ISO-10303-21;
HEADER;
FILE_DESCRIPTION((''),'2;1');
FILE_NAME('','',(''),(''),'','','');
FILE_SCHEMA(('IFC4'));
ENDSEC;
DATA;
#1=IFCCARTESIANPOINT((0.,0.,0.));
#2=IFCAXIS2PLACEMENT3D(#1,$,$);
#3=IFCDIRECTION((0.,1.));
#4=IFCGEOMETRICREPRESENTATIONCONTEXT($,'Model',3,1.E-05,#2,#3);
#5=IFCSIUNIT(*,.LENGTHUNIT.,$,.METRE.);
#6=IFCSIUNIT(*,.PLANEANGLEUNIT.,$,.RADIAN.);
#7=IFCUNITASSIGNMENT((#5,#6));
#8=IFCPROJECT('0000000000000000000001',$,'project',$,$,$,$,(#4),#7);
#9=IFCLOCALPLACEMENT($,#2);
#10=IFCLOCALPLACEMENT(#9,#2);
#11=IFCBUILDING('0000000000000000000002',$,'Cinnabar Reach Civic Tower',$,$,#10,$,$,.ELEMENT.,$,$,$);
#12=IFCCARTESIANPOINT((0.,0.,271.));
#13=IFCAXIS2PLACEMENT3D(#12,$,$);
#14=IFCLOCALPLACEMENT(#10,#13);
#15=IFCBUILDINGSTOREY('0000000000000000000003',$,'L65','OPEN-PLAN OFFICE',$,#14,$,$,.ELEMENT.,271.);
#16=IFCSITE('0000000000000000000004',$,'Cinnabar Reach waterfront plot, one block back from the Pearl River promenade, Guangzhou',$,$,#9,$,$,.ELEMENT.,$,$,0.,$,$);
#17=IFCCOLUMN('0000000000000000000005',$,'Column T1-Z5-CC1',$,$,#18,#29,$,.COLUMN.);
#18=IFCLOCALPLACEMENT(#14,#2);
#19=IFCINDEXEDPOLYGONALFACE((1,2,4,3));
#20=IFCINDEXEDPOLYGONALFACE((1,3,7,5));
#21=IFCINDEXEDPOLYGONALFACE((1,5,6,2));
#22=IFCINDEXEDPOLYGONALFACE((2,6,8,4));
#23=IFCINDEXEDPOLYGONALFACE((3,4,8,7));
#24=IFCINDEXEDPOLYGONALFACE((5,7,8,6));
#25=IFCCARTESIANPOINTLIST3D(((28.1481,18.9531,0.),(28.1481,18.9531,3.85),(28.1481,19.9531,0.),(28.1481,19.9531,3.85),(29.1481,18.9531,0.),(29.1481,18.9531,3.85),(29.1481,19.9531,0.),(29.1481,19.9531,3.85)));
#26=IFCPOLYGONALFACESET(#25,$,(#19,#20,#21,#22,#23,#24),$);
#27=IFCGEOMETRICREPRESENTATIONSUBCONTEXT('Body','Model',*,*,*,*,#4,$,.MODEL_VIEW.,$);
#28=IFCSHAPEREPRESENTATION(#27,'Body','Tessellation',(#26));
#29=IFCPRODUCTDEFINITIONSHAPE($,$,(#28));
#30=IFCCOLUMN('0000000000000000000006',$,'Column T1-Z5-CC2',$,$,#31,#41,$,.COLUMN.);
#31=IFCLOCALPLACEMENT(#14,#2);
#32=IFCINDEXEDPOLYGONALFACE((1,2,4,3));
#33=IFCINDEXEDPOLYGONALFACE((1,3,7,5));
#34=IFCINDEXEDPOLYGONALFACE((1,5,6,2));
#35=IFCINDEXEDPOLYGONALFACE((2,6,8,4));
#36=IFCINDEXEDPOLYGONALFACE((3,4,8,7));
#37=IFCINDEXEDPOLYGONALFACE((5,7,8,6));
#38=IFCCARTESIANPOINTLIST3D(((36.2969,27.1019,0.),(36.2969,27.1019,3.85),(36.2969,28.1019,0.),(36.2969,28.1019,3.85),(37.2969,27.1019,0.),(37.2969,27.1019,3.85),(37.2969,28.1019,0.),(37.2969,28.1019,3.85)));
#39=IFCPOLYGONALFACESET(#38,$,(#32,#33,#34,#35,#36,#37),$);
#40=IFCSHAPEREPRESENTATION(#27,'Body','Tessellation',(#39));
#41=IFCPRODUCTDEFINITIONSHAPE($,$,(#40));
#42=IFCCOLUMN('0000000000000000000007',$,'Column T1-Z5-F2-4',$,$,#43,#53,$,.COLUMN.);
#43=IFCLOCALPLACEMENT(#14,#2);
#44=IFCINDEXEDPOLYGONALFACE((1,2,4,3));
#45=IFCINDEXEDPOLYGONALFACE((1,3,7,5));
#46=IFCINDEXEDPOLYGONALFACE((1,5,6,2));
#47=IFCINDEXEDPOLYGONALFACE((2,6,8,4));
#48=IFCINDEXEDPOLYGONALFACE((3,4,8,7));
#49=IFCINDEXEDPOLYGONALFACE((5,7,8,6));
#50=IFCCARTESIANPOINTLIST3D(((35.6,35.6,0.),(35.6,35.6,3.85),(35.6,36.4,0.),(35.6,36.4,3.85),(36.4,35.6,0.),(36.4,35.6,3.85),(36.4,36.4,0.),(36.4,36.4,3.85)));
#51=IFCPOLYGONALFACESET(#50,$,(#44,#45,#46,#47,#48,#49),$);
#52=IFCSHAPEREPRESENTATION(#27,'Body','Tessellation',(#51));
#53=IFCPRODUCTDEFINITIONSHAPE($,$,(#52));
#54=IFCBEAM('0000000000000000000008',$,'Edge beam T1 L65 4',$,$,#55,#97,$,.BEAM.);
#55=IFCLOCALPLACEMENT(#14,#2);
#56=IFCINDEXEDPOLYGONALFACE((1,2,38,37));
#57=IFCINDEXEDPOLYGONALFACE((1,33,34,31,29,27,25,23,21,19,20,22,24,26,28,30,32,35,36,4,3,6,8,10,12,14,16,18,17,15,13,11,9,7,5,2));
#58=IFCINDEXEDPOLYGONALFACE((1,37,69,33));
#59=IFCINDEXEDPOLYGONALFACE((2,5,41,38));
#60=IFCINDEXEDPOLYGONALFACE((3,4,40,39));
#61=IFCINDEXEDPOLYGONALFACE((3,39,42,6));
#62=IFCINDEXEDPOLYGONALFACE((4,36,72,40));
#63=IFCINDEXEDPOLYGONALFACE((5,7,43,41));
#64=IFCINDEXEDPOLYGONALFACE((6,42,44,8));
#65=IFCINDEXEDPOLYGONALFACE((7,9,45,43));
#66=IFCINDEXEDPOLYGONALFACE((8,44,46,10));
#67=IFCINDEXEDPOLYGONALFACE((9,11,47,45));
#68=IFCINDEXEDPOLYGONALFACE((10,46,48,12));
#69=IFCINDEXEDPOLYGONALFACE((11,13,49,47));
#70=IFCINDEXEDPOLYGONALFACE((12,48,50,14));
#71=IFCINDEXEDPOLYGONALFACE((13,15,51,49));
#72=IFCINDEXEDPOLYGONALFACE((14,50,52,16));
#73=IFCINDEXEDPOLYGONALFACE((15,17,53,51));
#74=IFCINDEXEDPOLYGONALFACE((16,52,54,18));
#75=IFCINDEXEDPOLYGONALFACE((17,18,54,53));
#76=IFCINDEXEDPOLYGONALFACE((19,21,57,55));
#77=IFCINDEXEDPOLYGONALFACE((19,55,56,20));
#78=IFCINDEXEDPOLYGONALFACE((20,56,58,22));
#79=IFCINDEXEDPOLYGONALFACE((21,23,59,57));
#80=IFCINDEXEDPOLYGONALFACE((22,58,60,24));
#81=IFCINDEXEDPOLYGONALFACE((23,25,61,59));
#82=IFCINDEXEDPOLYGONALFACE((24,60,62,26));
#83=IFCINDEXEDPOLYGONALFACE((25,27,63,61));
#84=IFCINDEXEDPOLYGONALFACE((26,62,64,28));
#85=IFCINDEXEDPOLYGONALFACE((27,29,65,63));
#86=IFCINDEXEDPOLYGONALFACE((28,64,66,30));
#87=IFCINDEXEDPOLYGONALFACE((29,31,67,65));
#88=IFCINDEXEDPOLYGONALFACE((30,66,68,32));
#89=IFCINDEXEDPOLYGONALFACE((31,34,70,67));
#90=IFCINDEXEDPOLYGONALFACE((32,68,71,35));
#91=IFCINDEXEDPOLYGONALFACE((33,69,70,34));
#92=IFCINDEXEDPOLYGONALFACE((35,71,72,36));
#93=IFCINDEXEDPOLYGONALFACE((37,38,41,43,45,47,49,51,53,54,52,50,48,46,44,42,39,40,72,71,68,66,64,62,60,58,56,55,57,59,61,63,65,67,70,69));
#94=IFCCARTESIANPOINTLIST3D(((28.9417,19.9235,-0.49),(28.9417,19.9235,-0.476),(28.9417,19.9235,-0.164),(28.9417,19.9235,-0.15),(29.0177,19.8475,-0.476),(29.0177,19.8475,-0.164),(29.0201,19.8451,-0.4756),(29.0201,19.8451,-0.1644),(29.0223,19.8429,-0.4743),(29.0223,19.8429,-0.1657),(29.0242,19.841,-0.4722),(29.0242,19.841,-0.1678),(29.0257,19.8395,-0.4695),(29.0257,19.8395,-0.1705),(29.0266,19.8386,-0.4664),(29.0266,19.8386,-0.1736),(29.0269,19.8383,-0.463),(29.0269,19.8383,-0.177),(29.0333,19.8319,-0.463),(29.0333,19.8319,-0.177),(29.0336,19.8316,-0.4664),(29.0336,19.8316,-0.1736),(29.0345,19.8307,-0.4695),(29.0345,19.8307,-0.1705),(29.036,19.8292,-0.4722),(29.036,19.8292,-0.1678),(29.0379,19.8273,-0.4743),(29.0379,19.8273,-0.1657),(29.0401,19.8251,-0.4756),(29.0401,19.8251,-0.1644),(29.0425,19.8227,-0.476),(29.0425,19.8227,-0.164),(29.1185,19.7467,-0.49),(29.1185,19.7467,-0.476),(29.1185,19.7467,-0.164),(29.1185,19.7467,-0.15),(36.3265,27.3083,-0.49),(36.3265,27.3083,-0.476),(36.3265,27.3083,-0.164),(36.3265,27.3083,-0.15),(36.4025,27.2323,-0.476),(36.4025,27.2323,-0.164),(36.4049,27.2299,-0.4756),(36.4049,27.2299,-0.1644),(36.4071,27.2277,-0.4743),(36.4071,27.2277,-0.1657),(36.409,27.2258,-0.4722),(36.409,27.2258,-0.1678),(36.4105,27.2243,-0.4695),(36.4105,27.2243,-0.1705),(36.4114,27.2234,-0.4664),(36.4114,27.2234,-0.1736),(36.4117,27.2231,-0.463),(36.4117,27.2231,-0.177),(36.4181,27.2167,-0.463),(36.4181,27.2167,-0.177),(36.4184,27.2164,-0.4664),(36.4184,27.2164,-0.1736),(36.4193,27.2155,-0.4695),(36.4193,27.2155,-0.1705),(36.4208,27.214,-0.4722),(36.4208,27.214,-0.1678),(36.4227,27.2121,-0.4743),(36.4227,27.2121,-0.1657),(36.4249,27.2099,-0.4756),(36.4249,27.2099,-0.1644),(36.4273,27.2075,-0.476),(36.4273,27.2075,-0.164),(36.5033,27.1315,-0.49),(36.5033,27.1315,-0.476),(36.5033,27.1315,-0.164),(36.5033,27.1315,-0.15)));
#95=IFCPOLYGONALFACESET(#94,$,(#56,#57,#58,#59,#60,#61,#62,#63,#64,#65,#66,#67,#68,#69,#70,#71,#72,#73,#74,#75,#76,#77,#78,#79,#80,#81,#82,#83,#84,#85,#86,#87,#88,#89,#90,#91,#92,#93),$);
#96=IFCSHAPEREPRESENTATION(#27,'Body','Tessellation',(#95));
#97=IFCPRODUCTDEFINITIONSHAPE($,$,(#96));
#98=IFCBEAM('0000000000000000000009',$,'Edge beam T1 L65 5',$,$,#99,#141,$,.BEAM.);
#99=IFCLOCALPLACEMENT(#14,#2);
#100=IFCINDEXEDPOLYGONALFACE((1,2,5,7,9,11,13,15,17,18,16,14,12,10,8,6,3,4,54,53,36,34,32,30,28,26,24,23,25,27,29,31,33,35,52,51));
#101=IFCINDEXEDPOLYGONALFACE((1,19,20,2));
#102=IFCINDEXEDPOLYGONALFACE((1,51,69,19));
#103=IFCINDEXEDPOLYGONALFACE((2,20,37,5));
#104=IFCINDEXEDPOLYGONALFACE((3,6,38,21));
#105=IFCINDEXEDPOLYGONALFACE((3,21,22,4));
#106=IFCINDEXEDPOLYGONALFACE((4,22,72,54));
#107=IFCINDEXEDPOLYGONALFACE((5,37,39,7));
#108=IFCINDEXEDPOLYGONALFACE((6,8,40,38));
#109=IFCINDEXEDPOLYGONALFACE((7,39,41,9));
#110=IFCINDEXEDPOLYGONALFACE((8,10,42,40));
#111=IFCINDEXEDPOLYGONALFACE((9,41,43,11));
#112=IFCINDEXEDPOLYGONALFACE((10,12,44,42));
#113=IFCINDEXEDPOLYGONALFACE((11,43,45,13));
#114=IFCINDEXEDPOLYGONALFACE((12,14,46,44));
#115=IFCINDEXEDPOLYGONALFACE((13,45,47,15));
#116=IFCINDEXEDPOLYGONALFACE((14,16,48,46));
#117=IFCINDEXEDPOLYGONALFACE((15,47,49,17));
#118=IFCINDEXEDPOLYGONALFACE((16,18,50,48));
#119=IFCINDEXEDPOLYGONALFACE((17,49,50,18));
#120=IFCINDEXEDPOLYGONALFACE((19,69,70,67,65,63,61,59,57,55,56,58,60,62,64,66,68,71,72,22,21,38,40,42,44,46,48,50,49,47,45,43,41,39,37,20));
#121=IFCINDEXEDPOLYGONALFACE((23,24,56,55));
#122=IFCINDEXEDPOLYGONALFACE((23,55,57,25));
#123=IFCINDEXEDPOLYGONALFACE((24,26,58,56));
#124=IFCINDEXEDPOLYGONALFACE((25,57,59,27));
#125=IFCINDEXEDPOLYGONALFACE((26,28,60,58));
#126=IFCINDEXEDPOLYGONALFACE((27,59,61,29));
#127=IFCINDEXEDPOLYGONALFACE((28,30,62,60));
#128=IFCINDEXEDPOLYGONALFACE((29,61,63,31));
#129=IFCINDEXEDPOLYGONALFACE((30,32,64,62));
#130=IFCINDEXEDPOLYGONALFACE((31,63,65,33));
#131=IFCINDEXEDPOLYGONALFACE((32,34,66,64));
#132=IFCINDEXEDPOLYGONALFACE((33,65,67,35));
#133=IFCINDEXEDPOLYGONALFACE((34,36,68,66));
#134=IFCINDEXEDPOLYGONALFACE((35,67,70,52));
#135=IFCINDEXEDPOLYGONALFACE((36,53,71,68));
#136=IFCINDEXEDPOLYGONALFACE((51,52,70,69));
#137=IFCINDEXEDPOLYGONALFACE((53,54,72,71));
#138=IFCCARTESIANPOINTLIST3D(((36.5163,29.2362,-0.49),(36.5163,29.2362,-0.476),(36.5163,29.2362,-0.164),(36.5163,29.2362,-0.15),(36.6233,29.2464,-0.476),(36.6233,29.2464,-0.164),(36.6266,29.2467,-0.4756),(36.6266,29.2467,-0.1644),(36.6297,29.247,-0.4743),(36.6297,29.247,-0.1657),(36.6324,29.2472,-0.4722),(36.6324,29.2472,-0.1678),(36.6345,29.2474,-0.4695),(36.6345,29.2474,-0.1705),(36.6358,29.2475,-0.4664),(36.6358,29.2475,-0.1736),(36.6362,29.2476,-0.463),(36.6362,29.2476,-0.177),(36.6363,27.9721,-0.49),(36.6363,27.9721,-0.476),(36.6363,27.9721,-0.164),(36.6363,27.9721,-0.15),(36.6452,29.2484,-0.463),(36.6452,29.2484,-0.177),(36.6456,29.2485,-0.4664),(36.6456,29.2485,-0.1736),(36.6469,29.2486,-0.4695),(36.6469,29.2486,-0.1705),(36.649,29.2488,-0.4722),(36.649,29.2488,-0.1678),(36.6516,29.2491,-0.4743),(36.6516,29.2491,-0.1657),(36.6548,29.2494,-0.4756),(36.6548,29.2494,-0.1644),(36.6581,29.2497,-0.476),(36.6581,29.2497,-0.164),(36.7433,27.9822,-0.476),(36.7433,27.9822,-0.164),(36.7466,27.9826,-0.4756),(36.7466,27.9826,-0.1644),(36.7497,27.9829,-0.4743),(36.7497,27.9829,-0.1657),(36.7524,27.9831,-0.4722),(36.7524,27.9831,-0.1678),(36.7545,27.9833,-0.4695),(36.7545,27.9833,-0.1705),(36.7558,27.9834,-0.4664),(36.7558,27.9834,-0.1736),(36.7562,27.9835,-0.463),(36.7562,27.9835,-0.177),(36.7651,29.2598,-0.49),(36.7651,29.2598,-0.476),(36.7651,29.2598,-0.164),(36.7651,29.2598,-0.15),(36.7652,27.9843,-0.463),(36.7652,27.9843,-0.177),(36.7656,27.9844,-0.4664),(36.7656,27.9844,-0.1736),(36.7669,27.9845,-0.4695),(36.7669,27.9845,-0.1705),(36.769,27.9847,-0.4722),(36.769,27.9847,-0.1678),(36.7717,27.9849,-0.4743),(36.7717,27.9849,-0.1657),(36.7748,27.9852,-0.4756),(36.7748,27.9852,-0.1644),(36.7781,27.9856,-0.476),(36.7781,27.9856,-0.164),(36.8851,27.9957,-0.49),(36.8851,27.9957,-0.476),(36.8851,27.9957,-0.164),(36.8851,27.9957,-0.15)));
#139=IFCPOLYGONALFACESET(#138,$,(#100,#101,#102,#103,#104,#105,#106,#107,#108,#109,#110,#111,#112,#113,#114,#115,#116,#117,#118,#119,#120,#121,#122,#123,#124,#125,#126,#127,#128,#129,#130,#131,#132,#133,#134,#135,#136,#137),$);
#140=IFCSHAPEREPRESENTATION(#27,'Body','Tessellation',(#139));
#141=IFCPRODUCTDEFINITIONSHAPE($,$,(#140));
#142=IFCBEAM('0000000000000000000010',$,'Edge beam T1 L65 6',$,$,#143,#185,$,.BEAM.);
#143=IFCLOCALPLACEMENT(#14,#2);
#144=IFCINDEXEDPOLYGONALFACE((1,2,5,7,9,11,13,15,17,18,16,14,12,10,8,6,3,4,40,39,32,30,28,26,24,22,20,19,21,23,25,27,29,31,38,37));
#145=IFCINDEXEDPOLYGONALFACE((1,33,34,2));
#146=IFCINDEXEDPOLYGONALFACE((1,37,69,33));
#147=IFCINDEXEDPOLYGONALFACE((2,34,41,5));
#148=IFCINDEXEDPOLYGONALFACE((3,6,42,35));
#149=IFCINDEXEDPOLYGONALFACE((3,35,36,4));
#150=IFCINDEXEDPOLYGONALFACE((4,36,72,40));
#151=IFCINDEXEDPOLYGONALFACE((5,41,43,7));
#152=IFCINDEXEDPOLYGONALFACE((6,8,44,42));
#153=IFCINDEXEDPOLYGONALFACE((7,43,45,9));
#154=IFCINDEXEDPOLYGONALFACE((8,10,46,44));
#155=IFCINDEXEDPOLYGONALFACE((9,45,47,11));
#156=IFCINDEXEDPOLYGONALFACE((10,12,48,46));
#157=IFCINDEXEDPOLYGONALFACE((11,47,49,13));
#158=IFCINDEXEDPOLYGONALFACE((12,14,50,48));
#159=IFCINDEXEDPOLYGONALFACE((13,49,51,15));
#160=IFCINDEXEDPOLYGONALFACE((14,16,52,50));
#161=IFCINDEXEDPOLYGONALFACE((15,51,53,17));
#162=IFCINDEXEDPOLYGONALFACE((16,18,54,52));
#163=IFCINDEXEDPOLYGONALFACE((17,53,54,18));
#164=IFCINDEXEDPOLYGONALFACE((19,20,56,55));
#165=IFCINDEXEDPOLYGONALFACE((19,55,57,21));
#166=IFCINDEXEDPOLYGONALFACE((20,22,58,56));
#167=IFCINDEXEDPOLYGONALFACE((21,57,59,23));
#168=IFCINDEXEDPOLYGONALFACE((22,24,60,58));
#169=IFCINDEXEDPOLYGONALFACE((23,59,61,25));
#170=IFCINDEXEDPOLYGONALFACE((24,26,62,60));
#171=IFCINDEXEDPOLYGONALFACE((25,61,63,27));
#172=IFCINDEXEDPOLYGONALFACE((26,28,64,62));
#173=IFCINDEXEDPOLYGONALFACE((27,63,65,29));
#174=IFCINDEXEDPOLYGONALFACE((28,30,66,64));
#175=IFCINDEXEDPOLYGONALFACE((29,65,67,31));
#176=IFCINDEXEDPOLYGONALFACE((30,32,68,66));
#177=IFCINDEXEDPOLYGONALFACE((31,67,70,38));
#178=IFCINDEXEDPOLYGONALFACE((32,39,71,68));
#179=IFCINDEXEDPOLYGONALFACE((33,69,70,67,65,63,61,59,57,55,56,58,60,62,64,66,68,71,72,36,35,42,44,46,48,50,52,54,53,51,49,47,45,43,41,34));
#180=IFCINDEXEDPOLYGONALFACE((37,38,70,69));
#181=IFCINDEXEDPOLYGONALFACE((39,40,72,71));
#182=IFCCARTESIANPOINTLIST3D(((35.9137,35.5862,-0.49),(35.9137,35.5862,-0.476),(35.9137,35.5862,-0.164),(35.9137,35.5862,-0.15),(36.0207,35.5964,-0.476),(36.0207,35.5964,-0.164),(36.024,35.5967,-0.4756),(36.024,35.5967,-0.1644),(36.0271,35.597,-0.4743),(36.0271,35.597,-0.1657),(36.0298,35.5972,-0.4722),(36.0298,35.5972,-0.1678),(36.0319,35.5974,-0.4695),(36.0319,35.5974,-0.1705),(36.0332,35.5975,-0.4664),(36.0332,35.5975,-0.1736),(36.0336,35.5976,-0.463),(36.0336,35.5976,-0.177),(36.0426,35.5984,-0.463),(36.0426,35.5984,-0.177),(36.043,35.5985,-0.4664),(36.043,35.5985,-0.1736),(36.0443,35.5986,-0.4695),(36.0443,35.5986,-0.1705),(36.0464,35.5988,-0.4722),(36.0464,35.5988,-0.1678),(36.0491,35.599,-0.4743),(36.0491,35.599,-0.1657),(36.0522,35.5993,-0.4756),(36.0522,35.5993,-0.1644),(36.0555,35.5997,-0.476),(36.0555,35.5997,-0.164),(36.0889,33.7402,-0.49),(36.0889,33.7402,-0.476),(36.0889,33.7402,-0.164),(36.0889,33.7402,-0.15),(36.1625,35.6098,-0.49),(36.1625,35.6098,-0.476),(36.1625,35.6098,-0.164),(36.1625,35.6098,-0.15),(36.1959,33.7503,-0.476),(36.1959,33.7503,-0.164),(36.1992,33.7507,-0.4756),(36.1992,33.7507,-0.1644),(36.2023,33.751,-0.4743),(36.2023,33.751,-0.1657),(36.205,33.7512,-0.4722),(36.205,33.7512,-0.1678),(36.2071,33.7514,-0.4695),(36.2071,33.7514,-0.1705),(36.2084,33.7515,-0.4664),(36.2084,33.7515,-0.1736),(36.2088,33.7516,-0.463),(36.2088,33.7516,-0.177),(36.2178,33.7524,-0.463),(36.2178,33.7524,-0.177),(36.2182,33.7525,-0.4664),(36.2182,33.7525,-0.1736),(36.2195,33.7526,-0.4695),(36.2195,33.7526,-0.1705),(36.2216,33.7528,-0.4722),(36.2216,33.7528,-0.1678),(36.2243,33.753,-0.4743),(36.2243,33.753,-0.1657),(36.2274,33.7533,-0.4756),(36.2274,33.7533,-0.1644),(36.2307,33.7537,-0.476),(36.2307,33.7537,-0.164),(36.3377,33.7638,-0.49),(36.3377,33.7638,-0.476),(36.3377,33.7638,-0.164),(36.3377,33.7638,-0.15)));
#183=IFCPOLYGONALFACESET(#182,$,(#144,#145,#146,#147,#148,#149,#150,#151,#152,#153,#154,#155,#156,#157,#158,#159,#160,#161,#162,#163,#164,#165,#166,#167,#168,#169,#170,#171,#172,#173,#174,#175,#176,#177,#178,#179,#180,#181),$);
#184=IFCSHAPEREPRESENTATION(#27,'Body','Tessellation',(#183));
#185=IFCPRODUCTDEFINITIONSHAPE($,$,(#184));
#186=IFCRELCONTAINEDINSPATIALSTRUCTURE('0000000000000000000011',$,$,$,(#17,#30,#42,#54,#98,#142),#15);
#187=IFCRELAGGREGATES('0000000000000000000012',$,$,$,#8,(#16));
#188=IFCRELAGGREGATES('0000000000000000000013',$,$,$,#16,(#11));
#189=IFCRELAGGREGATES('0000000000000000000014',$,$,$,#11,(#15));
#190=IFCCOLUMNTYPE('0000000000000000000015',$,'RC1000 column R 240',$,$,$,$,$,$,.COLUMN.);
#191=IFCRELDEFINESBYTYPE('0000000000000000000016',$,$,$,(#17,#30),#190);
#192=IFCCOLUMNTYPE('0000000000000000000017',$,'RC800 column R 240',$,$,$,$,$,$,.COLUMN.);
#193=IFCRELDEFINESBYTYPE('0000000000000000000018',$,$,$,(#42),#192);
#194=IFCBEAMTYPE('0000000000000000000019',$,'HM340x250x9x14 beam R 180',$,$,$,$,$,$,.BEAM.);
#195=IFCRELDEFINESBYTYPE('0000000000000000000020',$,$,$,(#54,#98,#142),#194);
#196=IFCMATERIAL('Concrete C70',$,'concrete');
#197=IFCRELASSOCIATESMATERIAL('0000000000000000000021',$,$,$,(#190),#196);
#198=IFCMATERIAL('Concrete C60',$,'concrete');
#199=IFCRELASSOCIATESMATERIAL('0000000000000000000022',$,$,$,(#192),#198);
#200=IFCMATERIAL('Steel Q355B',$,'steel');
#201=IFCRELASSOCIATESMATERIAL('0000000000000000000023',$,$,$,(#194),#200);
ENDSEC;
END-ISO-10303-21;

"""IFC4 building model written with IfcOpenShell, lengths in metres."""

from ifc_helpers import new_model, si_unit, direction, frame, origin, origin_2d, place, context, subcontext, project, spatial, rectangle, i_section, extrude, material, material_profile, profile_set, type_object, element, save


model = new_model("IFC4")

# Units and contexts
model_context = context("Model", 3, precision=1e-05, world=origin(), true_north=direction((0.0, 1.0)))
body_context = subcontext(model_context, "Body", "Model", "MODEL_VIEW")
ifc_project = project(units=[si_unit("LENGTHUNIT", "METRE"), si_unit("PLANEANGLEUNIT", "RADIAN")], contexts=[model_context])

# Site, building, storey
site_placement = place(None, origin())
site = spatial("IfcSite", under=ifc_project, at=site_placement, Name="Cinnabar Reach waterfront plot, one block back from the Pearl River promenade, Guangzhou", CompositionType="ELEMENT", RefElevation=0.0)
building_placement = place(site_placement, origin())
building = spatial("IfcBuilding", under=site, at=building_placement, Name="Cinnabar Reach Civic Tower", CompositionType="ELEMENT")
storey_placement = place(building_placement, frame((0.0, 0.0, 271.0)))
storey = spatial("IfcBuildingStorey", under=building, at=storey_placement, Name="L65", Description="OPEN-PLAN OFFICE", CompositionType="ELEMENT", Elevation=271.0)

# Columns
ifc_material_1 = material(Name="Concrete C70", Category="concrete")
ifc_material_profile_1 = material_profile(ifc_material_1, rectangle(XDim=1.0, YDim=1.0, at=origin_2d()), Name="RC1000")
ifc_profile_set_1 = profile_set([ifc_material_profile_1], Name="Concrete C70")
column_type_1 = type_object("IfcColumnType", Name="RC1000 column R 240", PredefinedType="COLUMN", material=ifc_profile_set_1)
for number, where, z_axis, x_axis, name in (
    (1, (28.6481, 19.4531, 0.0), (0.0, 0.0, 1.0), (1.0, 0.0, 0.0), "Column T1-Z5-CC1"),
    (2, (36.7969, 27.6019, 0.0), (0.0, 0.0, 1.0), (1.0, 0.0, 0.0), "Column T1-Z5-CC2"),
):
    element("IfcColumn", number, at=place(storey_placement, frame(where, z_axis=z_axis, x_axis=x_axis)), inside=storey, type_object=column_type_1, Name=name, PredefinedType="COLUMN", context=body_context, shape_type="SweptSolid", body=[
        extrude(rectangle(XDim=1.0, YDim=1.0, at=origin_2d()), origin(), (0.0, 0.0, 1.0), 3.85),
    ])
ifc_material_2 = material(Name="Concrete C60", Category="concrete")
ifc_material_profile_2 = material_profile(ifc_material_2, rectangle(XDim=0.8, YDim=0.8, at=origin_2d()), Name="RC800")
ifc_profile_set_2 = profile_set([ifc_material_profile_2], Name="Concrete C60")
column_type_2 = type_object("IfcColumnType", Name="RC800 column R 240", PredefinedType="COLUMN", material=ifc_profile_set_2)
column_placement = place(storey_placement, frame((36.0, 36.0, 0.0), z_axis=(0.0, 0.0, 1.0), x_axis=(1.0, 0.0, 0.0)))
element("IfcColumn", 3, at=column_placement, inside=storey, type_object=column_type_2, Name="Column T1-Z5-F2-4", PredefinedType="COLUMN", context=body_context, shape_type="SweptSolid", body=[
    extrude(rectangle(XDim=0.8, YDim=0.8, at=origin_2d()), origin(), (0.0, 0.0, 1.0), 3.85),
])

# Beams
ifc_material_3 = material(Name="Steel Q355B", Category="steel")
ifc_material_profile_3 = material_profile(ifc_material_3, i_section(OverallWidth=0.25, OverallDepth=0.34, WebThickness=0.009, FlangeThickness=0.014, FilletRadius=0.013, at=origin_2d()), Name="HM340x250x9x14")
ifc_profile_set_3 = profile_set([ifc_material_profile_3], Name="Steel Q355B")
beam_type_1 = type_object("IfcBeamType", Name="HM340x250x9x14 beam R 180", PredefinedType="BEAM", material=ifc_profile_set_3)
beam_1_placement = place(storey_placement, frame((29.0301, 19.8351, -0.32), z_axis=(0.707107, 0.707107, 0.0), x_axis=(-0.707107, 0.707107, 0.0)))
element("IfcBeam", 4, at=beam_1_placement, inside=storey, type_object=beam_type_1, Name="Edge beam T1 L65 4", PredefinedType="BEAM", context=body_context, shape_type="SweptSolid", body=[
    extrude(i_section(OverallWidth=0.25, OverallDepth=0.34, WebThickness=0.009, FlangeThickness=0.014, FilletRadius=0.013, at=origin_2d()), origin(), (0.0, 0.0, 1.0), 10.4437),
])
beam_2_placement = place(storey_placement, frame((36.7607, 27.9839, -0.32), z_axis=(-0.094504, 0.995524, 0.0), x_axis=(-0.995524, -0.094504, 0.0)))
element("IfcBeam", 5, at=beam_2_placement, inside=storey, type_object=beam_type_1, Name="Edge beam T1 L65 5", PredefinedType="BEAM", context=body_context, shape_type="SweptSolid", body=[
    extrude(i_section(OverallWidth=0.25, OverallDepth=0.34, WebThickness=0.009, FlangeThickness=0.014, FilletRadius=0.013, at=origin_2d()), origin(), (0.0, 0.0, 1.0), 1.2698),
])
beam_3_placement = place(storey_placement, frame((36.2133, 33.752, -0.32), z_axis=(-0.094483, 0.995526, 0.0), x_axis=(-0.995526, -0.094483, 0.0)))
element("IfcBeam", 6, at=beam_3_placement, inside=storey, type_object=beam_type_1, Name="Edge beam T1 L65 6", PredefinedType="BEAM", context=body_context, shape_type="SweptSolid", body=[
    extrude(i_section(OverallWidth=0.25, OverallDepth=0.34, WebThickness=0.009, FlangeThickness=0.014, FilletRadius=0.013, at=origin_2d()), origin(), (0.0, 0.0, 1.0), 1.8543),
])

save(model, "model.ifc")
